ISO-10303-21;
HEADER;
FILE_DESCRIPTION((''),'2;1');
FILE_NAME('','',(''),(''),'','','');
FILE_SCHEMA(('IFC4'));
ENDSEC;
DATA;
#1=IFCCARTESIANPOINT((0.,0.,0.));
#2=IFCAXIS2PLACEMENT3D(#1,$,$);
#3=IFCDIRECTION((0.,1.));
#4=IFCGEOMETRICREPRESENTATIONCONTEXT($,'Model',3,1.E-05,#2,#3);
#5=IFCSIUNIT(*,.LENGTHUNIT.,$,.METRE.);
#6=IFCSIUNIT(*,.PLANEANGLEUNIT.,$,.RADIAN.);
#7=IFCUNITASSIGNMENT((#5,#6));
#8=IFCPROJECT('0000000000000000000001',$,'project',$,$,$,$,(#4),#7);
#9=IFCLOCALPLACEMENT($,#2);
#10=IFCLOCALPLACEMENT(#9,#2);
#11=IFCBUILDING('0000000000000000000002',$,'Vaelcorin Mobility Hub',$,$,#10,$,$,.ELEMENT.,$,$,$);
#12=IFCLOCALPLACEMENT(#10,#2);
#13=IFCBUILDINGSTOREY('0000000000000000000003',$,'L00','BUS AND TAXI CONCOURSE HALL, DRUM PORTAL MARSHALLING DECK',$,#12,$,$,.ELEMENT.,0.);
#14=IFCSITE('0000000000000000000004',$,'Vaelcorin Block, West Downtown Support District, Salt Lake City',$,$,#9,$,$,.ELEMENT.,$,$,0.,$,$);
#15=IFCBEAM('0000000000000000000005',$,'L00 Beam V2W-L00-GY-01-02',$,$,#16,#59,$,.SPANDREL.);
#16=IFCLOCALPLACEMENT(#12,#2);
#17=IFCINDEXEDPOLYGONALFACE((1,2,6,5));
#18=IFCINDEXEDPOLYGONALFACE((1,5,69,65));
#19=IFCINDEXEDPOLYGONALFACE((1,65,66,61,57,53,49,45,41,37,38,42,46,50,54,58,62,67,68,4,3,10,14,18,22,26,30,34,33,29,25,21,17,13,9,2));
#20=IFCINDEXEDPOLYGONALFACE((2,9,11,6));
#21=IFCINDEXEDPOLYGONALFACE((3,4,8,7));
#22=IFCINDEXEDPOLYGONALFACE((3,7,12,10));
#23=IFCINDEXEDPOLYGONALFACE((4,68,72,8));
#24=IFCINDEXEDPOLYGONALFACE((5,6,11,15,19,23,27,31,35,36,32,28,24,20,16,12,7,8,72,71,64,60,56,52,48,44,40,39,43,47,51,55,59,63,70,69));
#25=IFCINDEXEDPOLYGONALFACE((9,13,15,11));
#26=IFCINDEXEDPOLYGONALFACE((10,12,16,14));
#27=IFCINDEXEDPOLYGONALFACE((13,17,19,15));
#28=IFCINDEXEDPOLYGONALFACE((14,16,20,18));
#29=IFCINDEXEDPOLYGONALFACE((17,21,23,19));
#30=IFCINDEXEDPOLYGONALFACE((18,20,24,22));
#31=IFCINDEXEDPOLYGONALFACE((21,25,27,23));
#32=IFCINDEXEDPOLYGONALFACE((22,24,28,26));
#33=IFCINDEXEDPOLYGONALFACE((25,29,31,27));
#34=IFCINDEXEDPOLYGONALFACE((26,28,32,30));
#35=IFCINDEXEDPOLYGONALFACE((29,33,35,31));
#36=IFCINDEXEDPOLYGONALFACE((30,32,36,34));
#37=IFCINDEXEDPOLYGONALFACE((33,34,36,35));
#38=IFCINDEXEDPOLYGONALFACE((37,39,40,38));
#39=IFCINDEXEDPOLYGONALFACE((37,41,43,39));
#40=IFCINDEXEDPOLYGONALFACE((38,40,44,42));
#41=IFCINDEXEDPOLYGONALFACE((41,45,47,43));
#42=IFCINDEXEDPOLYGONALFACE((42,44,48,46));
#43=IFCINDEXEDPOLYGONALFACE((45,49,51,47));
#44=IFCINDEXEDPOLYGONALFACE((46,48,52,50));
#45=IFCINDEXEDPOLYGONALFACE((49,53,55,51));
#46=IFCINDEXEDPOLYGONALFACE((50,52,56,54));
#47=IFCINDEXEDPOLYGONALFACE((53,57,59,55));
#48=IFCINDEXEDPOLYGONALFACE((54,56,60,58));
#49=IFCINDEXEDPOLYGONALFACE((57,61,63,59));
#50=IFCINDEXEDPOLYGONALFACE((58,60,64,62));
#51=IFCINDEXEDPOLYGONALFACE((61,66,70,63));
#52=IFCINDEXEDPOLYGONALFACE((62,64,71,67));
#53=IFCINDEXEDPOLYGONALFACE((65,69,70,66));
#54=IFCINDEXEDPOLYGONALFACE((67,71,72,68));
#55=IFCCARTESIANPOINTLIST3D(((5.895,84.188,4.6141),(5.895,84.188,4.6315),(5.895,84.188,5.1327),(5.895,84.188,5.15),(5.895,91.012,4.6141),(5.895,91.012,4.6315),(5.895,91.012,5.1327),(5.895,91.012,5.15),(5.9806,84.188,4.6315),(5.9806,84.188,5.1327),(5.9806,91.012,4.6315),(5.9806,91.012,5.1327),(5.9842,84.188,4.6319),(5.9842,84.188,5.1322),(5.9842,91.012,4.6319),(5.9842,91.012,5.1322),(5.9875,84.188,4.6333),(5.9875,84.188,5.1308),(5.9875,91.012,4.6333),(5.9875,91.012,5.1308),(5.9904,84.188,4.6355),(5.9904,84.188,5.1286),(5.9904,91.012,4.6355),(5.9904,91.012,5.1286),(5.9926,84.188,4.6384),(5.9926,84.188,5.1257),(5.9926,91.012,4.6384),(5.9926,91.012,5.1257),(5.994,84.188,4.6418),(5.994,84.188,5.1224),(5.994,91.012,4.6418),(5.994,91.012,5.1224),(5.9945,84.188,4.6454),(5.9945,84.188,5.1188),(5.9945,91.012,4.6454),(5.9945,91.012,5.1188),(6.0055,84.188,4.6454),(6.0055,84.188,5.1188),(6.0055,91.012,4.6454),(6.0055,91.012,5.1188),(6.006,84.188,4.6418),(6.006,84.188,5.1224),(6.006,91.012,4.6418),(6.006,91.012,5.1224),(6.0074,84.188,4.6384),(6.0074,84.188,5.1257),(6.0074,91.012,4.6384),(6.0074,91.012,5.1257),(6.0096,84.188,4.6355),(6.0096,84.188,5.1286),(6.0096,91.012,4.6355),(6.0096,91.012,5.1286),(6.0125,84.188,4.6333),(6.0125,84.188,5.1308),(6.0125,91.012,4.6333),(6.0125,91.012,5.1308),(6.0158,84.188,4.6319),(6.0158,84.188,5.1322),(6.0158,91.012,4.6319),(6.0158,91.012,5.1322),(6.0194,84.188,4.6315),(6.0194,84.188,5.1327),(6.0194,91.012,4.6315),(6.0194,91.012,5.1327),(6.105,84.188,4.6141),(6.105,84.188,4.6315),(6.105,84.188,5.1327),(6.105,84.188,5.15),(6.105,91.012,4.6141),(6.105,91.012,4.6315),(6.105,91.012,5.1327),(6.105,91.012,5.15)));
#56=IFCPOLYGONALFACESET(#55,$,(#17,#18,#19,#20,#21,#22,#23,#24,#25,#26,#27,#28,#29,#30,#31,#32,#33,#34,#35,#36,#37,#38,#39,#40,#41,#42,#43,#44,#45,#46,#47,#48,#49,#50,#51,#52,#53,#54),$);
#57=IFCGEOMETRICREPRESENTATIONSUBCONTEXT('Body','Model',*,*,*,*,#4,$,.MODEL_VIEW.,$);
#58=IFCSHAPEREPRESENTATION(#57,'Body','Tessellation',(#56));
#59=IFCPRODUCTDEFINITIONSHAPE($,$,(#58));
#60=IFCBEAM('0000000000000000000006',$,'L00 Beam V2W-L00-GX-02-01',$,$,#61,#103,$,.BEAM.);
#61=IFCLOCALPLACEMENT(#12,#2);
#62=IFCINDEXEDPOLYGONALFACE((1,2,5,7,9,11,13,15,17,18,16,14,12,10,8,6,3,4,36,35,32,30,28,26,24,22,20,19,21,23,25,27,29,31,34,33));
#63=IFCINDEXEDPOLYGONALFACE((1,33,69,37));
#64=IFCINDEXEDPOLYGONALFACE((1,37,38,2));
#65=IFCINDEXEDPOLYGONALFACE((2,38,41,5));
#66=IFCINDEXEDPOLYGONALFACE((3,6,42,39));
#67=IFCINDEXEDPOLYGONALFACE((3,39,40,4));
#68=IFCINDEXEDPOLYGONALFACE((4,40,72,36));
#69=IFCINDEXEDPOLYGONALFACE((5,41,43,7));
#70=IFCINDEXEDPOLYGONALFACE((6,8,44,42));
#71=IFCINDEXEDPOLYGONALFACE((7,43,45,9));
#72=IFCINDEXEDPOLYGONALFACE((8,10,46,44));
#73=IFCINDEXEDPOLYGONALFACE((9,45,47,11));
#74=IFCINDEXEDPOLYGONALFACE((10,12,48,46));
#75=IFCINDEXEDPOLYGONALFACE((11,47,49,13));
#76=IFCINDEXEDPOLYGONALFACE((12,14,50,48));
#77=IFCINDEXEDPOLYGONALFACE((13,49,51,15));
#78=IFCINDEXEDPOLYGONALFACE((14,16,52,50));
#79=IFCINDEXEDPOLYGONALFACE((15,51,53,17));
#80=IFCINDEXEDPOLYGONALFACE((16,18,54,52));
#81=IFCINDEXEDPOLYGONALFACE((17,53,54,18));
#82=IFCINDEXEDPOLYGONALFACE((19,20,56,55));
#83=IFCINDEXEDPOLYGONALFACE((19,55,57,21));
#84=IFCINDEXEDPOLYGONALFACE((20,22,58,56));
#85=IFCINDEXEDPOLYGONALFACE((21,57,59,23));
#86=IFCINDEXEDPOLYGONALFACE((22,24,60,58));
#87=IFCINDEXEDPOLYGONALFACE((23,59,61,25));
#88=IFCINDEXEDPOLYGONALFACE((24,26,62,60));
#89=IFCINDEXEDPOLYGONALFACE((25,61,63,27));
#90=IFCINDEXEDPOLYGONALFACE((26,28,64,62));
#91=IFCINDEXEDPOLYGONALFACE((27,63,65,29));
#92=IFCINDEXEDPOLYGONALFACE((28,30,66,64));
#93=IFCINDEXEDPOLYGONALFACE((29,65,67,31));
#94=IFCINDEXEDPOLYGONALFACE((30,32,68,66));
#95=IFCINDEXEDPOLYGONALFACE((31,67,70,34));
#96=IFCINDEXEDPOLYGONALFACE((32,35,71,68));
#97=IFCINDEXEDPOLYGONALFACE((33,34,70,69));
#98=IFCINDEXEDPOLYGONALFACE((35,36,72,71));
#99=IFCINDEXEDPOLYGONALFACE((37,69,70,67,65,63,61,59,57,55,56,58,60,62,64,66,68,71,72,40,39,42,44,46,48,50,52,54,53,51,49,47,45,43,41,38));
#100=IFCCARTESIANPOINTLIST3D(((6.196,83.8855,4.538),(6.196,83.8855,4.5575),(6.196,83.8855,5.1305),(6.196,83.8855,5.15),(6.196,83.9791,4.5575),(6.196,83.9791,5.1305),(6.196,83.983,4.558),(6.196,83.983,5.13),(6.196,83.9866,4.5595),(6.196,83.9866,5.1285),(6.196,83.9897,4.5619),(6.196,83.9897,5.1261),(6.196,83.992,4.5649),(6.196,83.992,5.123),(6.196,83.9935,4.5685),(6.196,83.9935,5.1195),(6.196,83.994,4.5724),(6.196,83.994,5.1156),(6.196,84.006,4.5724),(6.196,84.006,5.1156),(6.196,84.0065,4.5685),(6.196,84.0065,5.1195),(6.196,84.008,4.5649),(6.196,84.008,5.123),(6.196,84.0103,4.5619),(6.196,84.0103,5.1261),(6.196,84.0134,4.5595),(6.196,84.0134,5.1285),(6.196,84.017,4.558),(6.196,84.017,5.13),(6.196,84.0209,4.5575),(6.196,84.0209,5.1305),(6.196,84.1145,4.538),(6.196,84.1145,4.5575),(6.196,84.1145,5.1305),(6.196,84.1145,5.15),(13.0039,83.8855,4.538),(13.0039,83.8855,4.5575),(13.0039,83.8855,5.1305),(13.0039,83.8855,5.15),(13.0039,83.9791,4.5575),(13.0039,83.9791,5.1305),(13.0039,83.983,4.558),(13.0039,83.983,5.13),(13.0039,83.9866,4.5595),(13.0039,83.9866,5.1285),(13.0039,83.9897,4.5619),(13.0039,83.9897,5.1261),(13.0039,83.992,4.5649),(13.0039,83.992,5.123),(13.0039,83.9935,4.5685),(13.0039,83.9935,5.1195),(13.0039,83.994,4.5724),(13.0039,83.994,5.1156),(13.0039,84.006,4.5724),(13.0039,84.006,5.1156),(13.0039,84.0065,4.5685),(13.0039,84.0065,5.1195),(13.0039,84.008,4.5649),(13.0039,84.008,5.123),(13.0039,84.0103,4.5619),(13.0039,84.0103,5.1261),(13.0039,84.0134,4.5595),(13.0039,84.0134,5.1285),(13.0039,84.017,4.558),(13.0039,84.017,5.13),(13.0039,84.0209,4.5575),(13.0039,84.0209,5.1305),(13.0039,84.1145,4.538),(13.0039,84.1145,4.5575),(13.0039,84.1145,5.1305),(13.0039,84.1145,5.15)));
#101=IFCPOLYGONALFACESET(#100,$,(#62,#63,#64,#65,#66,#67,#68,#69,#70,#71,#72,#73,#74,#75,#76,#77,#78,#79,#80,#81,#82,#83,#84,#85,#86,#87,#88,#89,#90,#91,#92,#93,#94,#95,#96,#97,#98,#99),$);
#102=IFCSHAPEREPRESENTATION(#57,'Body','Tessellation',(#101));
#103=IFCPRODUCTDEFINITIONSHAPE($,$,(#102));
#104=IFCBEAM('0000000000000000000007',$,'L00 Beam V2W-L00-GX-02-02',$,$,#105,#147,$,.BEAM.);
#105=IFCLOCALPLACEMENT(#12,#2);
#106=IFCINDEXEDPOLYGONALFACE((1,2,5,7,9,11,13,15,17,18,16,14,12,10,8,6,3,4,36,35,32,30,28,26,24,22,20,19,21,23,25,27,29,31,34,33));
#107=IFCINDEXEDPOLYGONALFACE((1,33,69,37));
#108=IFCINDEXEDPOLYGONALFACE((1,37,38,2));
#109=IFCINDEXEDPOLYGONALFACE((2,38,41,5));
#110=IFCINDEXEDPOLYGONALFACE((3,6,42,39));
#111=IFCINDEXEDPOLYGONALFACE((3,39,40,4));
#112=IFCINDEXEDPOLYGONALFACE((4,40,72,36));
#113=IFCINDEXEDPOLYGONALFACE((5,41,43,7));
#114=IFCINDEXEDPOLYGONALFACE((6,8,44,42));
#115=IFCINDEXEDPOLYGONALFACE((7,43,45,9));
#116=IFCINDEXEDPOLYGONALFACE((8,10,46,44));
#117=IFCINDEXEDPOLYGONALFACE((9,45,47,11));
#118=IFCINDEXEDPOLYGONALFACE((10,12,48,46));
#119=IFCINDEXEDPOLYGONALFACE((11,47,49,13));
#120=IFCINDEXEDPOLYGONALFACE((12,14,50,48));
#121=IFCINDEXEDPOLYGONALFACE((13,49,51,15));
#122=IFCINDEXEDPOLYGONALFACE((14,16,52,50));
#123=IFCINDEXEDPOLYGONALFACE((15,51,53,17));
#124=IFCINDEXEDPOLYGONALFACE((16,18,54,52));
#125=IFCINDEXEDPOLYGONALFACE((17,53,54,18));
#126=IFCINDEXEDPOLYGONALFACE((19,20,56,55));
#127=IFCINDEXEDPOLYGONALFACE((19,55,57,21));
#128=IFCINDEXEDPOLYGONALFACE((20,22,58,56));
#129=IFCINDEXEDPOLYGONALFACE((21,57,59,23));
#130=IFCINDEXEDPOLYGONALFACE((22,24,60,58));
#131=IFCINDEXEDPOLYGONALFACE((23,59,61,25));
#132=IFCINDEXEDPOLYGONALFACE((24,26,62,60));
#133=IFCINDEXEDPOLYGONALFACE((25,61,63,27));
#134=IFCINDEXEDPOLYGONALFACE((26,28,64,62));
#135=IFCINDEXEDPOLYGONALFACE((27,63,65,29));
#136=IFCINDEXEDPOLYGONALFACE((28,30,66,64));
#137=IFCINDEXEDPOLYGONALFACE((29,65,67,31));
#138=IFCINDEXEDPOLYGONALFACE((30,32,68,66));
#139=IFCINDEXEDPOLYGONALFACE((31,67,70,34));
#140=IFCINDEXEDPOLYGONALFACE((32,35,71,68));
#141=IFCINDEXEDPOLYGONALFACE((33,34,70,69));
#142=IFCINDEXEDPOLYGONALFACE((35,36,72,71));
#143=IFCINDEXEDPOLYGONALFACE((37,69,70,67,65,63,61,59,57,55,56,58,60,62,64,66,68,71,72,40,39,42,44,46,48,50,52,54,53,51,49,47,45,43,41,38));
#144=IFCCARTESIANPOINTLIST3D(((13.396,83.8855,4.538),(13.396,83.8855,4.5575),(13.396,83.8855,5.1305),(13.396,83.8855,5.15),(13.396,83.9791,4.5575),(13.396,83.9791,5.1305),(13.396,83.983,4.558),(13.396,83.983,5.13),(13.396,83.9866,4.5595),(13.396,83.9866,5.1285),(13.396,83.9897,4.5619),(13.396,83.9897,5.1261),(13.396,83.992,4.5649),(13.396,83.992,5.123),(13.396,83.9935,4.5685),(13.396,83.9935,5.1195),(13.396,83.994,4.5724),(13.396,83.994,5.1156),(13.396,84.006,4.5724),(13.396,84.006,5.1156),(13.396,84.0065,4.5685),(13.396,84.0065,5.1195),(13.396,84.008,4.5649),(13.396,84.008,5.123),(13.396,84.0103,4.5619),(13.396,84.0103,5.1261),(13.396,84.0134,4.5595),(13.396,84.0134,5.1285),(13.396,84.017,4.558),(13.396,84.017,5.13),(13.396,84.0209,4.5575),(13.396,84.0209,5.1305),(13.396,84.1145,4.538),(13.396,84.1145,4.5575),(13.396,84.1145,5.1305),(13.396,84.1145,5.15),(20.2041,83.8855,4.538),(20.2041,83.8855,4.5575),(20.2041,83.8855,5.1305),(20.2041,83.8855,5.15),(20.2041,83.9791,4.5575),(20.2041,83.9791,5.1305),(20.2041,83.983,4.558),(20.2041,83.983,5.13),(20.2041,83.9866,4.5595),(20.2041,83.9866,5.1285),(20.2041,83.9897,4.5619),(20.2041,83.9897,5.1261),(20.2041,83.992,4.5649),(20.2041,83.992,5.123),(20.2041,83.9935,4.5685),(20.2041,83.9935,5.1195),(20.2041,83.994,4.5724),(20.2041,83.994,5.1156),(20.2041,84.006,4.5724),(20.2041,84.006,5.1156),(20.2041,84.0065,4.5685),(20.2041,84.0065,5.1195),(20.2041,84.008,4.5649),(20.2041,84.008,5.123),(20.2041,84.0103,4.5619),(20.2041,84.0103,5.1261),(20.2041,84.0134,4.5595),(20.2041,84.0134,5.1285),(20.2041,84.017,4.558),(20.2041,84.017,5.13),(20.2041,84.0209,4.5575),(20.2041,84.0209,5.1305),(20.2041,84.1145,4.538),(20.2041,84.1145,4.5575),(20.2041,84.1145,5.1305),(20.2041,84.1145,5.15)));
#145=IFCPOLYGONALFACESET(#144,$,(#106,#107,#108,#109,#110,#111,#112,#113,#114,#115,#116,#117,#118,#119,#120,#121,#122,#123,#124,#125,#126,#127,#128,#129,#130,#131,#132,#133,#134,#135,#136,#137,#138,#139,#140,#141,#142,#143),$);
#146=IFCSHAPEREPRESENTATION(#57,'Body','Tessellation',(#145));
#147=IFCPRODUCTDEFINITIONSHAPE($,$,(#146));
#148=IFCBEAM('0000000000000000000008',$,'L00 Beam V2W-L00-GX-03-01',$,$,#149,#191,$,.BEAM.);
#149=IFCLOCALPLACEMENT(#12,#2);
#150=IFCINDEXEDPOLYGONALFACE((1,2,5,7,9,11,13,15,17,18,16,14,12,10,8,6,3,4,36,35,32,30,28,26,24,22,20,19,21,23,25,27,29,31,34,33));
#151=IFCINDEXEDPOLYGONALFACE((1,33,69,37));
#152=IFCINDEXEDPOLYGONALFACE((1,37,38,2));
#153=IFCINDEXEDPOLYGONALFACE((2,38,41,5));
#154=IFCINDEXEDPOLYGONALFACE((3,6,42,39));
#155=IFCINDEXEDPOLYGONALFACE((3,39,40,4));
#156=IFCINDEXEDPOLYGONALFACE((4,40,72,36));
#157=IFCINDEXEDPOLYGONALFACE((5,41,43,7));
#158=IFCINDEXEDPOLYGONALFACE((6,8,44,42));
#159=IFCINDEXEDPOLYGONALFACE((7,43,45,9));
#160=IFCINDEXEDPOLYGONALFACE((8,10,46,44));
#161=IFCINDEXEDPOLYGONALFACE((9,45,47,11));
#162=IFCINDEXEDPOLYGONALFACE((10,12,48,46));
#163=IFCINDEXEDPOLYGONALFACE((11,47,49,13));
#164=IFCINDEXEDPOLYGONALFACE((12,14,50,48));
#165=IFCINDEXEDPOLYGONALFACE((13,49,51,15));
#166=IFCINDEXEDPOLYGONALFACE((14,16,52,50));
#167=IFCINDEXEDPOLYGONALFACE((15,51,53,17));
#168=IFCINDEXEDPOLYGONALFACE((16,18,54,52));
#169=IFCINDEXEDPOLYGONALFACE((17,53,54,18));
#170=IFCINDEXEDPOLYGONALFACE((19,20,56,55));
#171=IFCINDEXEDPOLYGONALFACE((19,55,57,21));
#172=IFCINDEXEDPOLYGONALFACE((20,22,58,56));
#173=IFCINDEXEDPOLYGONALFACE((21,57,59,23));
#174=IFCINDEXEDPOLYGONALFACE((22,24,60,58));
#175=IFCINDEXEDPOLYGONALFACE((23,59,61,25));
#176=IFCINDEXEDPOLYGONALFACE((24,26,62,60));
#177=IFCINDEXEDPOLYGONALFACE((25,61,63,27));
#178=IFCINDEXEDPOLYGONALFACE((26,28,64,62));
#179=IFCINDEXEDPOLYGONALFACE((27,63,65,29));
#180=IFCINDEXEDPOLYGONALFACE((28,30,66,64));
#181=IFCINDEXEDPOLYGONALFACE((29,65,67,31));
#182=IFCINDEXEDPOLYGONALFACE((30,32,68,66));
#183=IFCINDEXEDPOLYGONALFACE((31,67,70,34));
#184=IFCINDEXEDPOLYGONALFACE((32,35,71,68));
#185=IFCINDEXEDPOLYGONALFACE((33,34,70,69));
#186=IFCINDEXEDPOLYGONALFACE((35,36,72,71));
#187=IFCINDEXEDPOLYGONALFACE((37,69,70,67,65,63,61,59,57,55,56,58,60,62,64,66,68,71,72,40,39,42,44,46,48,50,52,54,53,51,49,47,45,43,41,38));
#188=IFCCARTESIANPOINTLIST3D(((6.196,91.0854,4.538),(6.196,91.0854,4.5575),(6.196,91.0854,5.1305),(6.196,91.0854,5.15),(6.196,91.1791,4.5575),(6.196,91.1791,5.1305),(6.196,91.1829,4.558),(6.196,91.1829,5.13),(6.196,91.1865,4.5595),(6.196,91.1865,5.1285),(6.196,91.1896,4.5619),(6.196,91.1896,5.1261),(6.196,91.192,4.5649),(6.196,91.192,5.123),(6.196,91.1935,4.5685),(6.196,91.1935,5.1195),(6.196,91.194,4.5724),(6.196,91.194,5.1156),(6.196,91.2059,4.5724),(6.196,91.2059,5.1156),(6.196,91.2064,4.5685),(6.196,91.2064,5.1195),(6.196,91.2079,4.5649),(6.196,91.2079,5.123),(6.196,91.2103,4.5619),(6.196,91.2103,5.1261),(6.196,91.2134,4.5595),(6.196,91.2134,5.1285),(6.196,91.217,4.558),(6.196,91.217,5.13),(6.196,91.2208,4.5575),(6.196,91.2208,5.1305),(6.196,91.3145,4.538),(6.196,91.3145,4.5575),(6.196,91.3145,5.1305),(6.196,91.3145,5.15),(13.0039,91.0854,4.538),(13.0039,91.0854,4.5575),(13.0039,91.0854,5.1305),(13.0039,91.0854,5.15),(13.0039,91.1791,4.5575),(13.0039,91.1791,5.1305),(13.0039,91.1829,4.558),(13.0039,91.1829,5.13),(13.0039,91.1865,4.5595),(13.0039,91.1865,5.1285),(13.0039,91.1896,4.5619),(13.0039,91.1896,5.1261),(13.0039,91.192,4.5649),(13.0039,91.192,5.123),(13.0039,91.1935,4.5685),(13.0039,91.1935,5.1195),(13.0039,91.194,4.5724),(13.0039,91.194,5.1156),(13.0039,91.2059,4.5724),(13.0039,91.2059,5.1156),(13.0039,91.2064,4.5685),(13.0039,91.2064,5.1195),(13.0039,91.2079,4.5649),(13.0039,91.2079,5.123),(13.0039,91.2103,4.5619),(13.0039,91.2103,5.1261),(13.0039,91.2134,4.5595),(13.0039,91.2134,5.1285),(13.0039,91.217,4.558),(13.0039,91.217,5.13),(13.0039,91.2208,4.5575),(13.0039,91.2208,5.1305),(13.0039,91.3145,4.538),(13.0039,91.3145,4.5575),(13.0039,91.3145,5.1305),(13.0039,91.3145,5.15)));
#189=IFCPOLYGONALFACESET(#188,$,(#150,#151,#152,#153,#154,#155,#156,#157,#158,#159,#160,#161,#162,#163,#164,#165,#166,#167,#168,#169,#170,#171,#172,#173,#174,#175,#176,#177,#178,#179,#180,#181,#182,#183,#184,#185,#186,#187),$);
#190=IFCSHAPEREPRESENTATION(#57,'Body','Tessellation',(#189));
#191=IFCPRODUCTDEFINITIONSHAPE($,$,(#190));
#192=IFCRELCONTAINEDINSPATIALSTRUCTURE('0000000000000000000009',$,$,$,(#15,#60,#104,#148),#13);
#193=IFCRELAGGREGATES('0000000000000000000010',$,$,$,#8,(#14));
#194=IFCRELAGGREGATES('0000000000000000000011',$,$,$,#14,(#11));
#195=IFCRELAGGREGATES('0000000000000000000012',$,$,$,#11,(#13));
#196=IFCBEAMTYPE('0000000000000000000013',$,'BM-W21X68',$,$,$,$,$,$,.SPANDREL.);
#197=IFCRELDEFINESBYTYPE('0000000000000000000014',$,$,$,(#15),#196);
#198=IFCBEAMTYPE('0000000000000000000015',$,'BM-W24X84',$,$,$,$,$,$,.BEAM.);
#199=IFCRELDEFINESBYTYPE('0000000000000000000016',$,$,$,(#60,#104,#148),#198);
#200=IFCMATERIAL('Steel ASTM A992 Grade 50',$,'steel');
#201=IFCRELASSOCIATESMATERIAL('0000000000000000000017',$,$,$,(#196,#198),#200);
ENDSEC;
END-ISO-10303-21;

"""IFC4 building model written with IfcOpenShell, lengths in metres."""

from ifc_helpers import new_model, si_unit, direction, frame, origin, origin_2d, place, context, subcontext, project, spatial, i_section, extrude, material, material_profile, profile_set, type_object, element, save


model = new_model("IFC4")

# Units and contexts
model_context = context("Model", 3, precision=1e-05, world=origin(), true_north=direction((0.0, 1.0)))
body_context = subcontext(model_context, "Body", "Model", "MODEL_VIEW")
ifc_project = project(units=[si_unit("LENGTHUNIT", "METRE"), si_unit("PLANEANGLEUNIT", "RADIAN")], contexts=[model_context])

# Site, building, storey
site_placement = place(None, origin())
site = spatial("IfcSite", under=ifc_project, at=site_placement, Name="Vaelcorin Block, West Downtown Support District, Salt Lake City", CompositionType="ELEMENT", RefElevation=0.0)
building_placement = place(site_placement, origin())
building = spatial("IfcBuilding", under=site, at=building_placement, Name="Vaelcorin Mobility Hub", CompositionType="ELEMENT")
storey_placement = place(building_placement, origin())
storey = spatial("IfcBuildingStorey", under=building, at=storey_placement, Name="L00", Description="BUS AND TAXI CONCOURSE HALL, DRUM PORTAL MARSHALLING DECK", CompositionType="ELEMENT", Elevation=0.0)

# Shared definitions
ifc_material_1 = material(Name="Steel ASTM A992 Grade 50", Category="steel")

# Beams
ifc_material_profile_1 = material_profile(ifc_material_1, i_section(OverallWidth=0.21, OverallDepth=0.5359, WebThickness=0.011, FlangeThickness=0.0173, FilletRadius=0.0139, at=origin_2d()), Name="W21X68")
ifc_profile_set_1 = profile_set([ifc_material_profile_1], Name="Steel ASTM A992 Grade 50")
beam_type_1 = type_object("IfcBeamType", Name="BM-W21X68", PredefinedType="SPANDREL", material=ifc_profile_set_1)
for number, where, z_axis, x_axis, name in (
    (1, (6.0, 84.188, 4.8821), (0.0, 1.0, 0.0), (-1.0, 0.0, 0.0), "L00 Beam V2W-L00-GY-01-02"),
):
    element("IfcBeam", number, at=place(storey_placement, frame(where, z_axis=z_axis, x_axis=x_axis)), inside=storey, type_object=beam_type_1, Name=name, PredefinedType="SPANDREL", context=body_context, shape_type="SweptSolid", body=[
        extrude(i_section(OverallWidth=0.21, OverallDepth=0.5359, WebThickness=0.011, FlangeThickness=0.0173, FilletRadius=0.0139, at=origin_2d()), origin(), (0.0, 0.0, 1.0), 6.824),
    ])
ifc_material_profile_2 = material_profile(ifc_material_1, i_section(OverallWidth=0.229, OverallDepth=0.6121, WebThickness=0.012, FlangeThickness=0.0195, FilletRadius=0.0149, at=origin_2d()), Name="W24X84")
ifc_profile_set_2 = profile_set([ifc_material_profile_2], Name="Steel ASTM A992 Grade 50")
beam_type_2 = type_object("IfcBeamType", Name="BM-W24X84", PredefinedType="BEAM", material=ifc_profile_set_2)
beam_1_placement = place(storey_placement, frame((6.196, 84.0, 4.844), z_axis=(1.0, 0.0, 0.0), x_axis=(0.0, 1.0, 0.0)))
element("IfcBeam", 2, at=beam_1_placement, inside=storey, type_object=beam_type_2, Name="L00 Beam V2W-L00-GX-02-01", PredefinedType="BEAM", context=body_context, shape_type="SweptSolid", body=[
    extrude(i_section(OverallWidth=0.229, OverallDepth=0.6121, WebThickness=0.012, FlangeThickness=0.0195, FilletRadius=0.0149, at=origin_2d()), origin(), (0.0, 0.0, 1.0), 6.8079),
])
beam_2_placement = place(storey_placement, frame((13.396, 84.0, 4.844), z_axis=(1.0, 0.0, 0.0), x_axis=(0.0, 1.0, 0.0)))
element("IfcBeam", 3, at=beam_2_placement, inside=storey, type_object=beam_type_2, Name="L00 Beam V2W-L00-GX-02-02", PredefinedType="BEAM", context=body_context, shape_type="SweptSolid", body=[
    extrude(i_section(OverallWidth=0.229, OverallDepth=0.6121, WebThickness=0.012, FlangeThickness=0.0195, FilletRadius=0.0149, at=origin_2d()), origin(), (0.0, 0.0, 1.0), 6.8081),
])
beam_3_placement = place(storey_placement, frame((6.196, 91.2, 4.844), z_axis=(1.0, 0.0, 0.0), x_axis=(0.0, 1.0, 0.0)))
element("IfcBeam", 4, at=beam_3_placement, inside=storey, type_object=beam_type_2, Name="L00 Beam V2W-L00-GX-03-01", PredefinedType="BEAM", context=body_context, shape_type="SweptSolid", body=[
    extrude(i_section(OverallWidth=0.229, OverallDepth=0.6121, WebThickness=0.012, FlangeThickness=0.0195, FilletRadius=0.0149, at=origin_2d()), origin(), (0.0, 0.0, 1.0), 6.8079),
])

save(model, "model.ifc")
